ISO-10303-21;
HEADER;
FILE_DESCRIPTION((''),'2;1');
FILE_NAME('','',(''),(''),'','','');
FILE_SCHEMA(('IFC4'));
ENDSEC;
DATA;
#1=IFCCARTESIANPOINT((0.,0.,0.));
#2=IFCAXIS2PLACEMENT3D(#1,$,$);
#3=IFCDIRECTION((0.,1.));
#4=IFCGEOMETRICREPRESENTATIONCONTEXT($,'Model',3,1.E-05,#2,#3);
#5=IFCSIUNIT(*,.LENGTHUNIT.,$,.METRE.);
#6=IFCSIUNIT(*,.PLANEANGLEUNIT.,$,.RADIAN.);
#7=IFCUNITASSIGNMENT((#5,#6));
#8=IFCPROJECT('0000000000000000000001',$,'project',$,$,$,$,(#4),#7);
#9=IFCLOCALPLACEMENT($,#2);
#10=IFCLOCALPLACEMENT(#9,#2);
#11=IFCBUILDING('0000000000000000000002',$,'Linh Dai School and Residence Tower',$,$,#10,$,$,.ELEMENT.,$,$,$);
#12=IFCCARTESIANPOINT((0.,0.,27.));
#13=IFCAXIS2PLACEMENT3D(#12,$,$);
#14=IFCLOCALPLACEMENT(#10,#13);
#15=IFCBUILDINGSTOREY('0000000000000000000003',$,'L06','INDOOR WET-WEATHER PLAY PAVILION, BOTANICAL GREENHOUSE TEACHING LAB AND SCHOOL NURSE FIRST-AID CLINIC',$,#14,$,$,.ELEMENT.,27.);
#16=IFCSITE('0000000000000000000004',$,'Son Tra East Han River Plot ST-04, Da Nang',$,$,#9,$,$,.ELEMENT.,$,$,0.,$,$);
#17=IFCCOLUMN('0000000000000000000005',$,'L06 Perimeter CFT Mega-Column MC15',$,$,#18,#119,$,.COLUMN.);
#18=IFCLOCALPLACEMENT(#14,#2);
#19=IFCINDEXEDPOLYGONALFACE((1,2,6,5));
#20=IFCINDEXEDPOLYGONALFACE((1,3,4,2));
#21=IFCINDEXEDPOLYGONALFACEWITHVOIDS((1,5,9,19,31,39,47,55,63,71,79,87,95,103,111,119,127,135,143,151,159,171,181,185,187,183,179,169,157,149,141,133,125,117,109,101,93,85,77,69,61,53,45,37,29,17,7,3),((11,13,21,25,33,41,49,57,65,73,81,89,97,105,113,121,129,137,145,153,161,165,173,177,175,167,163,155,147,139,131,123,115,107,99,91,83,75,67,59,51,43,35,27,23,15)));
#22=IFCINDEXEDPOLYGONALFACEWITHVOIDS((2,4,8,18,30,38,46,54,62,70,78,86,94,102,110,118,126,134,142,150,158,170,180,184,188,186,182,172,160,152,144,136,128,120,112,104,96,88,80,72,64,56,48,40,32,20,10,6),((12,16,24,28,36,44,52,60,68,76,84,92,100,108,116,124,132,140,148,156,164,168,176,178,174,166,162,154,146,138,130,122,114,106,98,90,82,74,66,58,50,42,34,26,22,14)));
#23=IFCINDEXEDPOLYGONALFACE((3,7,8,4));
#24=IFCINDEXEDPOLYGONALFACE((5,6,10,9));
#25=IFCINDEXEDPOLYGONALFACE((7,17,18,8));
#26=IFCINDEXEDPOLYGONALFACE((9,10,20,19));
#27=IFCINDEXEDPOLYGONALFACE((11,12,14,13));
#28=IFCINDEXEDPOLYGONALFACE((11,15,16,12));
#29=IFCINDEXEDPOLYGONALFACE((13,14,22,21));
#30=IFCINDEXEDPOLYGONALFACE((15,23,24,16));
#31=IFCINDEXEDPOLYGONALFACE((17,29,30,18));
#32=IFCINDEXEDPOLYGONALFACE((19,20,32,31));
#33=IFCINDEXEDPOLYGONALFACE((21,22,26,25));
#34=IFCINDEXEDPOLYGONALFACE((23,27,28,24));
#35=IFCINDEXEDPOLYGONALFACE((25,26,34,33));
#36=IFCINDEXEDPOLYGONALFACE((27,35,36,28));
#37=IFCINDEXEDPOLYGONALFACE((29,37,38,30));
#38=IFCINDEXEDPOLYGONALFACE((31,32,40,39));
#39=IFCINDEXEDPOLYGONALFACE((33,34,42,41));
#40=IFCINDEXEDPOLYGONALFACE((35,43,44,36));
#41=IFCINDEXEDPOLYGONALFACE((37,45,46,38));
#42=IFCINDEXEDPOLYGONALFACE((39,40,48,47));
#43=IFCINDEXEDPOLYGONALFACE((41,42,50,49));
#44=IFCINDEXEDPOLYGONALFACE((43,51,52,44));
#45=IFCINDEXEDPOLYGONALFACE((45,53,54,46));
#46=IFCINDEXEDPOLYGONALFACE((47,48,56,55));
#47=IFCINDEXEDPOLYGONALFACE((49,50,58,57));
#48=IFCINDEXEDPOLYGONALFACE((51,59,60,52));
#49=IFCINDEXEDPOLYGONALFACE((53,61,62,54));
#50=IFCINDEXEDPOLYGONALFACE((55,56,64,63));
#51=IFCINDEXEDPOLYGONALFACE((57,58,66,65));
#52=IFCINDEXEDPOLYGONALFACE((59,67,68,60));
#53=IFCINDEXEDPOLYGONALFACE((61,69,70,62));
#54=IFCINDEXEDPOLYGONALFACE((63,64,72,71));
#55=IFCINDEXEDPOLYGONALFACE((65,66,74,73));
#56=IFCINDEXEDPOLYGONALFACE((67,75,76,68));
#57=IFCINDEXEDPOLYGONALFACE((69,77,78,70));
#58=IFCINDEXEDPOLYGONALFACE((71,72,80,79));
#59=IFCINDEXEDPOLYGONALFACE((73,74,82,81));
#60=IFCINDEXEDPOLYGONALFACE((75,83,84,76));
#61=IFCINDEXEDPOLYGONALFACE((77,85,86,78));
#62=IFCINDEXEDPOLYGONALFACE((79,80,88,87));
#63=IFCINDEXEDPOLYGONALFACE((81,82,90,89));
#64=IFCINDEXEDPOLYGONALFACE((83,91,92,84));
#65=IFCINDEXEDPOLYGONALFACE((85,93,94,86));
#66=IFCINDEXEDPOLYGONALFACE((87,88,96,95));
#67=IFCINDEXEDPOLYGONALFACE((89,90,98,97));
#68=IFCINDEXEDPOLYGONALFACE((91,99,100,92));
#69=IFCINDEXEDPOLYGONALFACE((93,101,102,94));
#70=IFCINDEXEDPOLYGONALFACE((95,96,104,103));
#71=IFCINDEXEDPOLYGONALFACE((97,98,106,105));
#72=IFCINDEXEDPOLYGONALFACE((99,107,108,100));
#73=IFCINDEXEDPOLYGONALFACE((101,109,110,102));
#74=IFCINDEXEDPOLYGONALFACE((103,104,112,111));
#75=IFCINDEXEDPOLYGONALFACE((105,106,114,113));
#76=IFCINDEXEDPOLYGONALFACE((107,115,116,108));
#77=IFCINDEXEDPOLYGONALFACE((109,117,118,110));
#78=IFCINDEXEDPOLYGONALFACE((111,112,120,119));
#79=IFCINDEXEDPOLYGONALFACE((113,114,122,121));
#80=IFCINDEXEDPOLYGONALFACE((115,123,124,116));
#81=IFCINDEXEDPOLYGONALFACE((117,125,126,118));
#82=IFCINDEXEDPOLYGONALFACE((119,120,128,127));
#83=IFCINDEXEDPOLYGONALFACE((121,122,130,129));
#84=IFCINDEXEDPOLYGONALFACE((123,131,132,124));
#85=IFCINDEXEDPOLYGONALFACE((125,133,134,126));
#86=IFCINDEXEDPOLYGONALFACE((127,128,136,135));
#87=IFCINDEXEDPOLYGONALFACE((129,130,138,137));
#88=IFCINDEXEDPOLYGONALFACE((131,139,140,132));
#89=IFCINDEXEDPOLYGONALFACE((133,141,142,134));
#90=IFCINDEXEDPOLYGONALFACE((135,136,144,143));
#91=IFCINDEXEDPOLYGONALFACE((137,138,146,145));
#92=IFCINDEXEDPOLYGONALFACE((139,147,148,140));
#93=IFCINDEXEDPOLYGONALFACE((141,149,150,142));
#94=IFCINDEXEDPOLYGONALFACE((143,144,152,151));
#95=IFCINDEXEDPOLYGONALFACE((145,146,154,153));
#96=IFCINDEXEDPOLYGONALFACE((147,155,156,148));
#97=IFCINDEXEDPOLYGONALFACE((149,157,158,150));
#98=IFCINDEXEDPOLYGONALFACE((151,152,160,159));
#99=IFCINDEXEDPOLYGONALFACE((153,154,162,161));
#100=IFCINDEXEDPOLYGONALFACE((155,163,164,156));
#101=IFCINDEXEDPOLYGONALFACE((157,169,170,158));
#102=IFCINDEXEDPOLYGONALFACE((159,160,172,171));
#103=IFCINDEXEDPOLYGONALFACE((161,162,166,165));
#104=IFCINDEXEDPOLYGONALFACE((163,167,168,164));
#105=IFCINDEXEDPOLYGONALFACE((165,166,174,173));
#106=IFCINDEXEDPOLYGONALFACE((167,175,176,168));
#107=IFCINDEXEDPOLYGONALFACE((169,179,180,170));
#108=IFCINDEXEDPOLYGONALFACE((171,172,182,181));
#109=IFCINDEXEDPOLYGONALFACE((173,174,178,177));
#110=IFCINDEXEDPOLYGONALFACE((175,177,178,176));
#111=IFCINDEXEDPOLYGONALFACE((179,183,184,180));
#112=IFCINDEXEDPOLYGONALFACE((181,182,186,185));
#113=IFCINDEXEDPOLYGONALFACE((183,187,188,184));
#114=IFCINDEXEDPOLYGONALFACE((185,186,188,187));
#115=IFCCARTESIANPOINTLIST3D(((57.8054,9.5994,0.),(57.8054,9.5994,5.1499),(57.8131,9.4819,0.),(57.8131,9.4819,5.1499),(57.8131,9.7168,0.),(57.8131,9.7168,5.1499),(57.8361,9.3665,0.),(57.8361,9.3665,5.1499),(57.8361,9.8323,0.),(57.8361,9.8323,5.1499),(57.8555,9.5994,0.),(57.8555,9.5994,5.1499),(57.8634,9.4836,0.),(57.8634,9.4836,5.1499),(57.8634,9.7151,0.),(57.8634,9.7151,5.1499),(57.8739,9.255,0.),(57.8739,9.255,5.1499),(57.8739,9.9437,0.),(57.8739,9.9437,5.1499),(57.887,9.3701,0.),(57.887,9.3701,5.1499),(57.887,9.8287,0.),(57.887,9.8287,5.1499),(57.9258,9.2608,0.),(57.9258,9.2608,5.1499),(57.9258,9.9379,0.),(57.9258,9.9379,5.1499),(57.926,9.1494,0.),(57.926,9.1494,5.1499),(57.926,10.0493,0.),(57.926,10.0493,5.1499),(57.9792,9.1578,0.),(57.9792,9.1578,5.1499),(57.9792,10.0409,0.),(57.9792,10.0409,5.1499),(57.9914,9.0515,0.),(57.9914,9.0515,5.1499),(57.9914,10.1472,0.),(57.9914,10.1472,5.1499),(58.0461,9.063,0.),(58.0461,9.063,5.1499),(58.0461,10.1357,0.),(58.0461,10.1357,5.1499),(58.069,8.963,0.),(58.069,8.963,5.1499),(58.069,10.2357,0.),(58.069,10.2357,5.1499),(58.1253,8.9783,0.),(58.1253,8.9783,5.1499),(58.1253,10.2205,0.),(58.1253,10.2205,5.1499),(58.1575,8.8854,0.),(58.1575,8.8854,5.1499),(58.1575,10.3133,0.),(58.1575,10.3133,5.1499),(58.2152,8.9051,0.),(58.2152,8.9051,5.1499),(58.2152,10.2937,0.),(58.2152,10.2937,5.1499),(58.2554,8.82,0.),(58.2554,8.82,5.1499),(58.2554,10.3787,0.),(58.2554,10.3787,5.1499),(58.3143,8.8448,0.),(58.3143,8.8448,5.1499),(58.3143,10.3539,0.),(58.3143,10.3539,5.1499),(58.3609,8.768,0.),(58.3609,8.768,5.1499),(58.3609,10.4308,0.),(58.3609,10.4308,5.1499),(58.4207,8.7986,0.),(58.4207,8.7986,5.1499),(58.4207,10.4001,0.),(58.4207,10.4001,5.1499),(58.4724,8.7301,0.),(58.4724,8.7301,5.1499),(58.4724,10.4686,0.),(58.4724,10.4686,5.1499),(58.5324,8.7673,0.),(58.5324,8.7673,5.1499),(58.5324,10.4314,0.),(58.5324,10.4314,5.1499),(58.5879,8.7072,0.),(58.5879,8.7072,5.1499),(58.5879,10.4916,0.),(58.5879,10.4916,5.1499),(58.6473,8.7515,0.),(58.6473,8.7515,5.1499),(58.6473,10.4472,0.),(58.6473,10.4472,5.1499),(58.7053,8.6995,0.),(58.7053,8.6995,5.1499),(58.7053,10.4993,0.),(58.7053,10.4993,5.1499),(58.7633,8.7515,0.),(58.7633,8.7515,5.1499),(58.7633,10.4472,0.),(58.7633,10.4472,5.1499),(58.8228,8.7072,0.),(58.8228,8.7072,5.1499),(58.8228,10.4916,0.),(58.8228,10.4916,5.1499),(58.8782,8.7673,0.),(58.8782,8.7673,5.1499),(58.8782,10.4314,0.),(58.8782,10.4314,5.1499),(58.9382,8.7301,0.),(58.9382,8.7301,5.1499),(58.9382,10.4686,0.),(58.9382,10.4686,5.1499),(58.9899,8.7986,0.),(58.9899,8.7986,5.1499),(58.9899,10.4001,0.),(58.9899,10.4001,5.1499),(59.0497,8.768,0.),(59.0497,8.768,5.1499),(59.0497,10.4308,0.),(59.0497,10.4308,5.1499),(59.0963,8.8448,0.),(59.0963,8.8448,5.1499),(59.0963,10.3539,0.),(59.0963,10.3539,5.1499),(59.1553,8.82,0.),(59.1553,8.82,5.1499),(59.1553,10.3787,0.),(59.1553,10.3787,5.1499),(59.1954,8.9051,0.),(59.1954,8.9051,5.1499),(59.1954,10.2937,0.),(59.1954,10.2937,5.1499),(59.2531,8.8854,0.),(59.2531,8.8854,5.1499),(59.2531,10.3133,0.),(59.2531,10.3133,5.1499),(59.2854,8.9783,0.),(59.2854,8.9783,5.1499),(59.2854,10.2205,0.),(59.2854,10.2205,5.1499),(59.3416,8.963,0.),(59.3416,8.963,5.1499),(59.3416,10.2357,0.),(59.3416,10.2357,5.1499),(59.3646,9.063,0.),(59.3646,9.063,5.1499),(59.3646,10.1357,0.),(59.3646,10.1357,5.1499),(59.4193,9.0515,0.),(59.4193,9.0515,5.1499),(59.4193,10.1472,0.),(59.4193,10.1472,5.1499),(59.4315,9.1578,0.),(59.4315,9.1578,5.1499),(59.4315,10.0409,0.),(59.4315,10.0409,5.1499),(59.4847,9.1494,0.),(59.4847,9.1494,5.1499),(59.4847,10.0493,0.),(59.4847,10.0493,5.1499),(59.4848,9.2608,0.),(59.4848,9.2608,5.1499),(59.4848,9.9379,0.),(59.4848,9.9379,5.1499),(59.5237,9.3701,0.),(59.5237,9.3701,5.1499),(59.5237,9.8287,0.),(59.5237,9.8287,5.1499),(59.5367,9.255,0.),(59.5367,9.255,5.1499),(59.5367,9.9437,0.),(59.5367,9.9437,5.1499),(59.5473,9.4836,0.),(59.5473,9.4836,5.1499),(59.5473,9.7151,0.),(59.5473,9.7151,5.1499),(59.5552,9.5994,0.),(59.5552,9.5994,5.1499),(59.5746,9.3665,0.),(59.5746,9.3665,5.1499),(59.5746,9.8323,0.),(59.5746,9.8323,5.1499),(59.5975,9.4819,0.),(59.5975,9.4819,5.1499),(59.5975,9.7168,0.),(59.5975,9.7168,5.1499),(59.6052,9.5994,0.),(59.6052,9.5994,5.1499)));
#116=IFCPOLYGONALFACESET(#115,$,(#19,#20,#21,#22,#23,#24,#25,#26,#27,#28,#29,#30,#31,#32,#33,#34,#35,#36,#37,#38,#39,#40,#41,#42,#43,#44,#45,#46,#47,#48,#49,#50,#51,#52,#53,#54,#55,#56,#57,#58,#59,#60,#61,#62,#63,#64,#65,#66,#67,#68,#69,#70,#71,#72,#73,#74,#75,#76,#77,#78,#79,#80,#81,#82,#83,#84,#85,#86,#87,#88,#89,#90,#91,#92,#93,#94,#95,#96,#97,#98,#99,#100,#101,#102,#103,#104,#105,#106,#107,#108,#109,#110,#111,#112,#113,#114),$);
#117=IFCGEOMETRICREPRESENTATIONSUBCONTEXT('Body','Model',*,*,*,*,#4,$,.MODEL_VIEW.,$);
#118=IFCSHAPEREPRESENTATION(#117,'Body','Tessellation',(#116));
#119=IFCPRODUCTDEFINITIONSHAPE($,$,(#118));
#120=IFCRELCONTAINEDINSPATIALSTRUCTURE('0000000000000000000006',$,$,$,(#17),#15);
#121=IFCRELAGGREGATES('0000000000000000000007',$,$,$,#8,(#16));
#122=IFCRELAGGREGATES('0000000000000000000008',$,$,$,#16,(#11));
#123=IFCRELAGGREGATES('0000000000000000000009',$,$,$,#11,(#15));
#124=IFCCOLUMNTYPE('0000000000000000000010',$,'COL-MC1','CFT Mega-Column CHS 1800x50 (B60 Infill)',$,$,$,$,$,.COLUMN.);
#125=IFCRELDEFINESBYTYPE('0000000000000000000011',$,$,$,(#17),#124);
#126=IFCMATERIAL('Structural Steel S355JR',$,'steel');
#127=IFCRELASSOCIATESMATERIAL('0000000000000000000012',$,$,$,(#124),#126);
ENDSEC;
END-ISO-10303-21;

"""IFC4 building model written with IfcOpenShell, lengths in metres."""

from ifc_helpers import new_model, si_unit, direction, frame, origin, origin_2d, place, context, subcontext, project, spatial, hollow_circle, extrude, material, material_profile, profile_set, type_object, element, save


model = new_model("IFC4")

# Units and contexts
model_context = context("Model", 3, precision=1e-05, world=origin(), true_north=direction((0.0, 1.0)))
body_context = subcontext(model_context, "Body", "Model", "MODEL_VIEW")
ifc_project = project(units=[si_unit("LENGTHUNIT", "METRE"), si_unit("PLANEANGLEUNIT", "RADIAN")], contexts=[model_context])

# Site, building, storey
site_placement = place(None, origin())
site = spatial("IfcSite", under=ifc_project, at=site_placement, Name="Son Tra East Han River Plot ST-04, Da Nang", CompositionType="ELEMENT", RefElevation=0.0)
building_placement = place(site_placement, origin())
building = spatial("IfcBuilding", under=site, at=building_placement, Name="Linh Dai School and Residence Tower", CompositionType="ELEMENT")
storey_placement = place(building_placement, frame((0.0, 0.0, 27.0)))
storey = spatial("IfcBuildingStorey", under=building, at=storey_placement, Name="L06", Description="INDOOR WET-WEATHER PLAY PAVILION, BOTANICAL GREENHOUSE TEACHING LAB AND SCHOOL NURSE FIRST-AID CLINIC", CompositionType="ELEMENT", Elevation=27.0)

# Column
ifc_material_1 = material(Name="Structural Steel S355JR", Category="steel")
ifc_material_profile_1 = material_profile(ifc_material_1, hollow_circle(Radius=0.8999, WallThickness=0.05, at=origin_2d()), Name="CHS 1800x50")
ifc_profile_set_1 = profile_set([ifc_material_profile_1], Name="Structural Steel S355JR")
column_type_1 = type_object("IfcColumnType", Name="COL-MC1", Description="CFT Mega-Column CHS 1800x50 (B60 Infill)", PredefinedType="COLUMN", material=ifc_profile_set_1)
for number, where, z_axis, x_axis, name in (
    (1, (58.7053, 9.5994, 0.0), (0.0, 0.0, 1.0), (1.0, 0.0, 0.0), "L06 Perimeter CFT Mega-Column MC15"),
):
    element("IfcColumn", number, at=place(storey_placement, frame(where, z_axis=z_axis, x_axis=x_axis)), inside=storey, type_object=column_type_1, Name=name, PredefinedType="COLUMN", context=body_context, shape_type="SweptSolid", body=[
        extrude(hollow_circle(Radius=0.8999, WallThickness=0.05, at=origin_2d()), origin(), (0.0, 0.0, 1.0), 5.1499),
    ])

save(model, "model.ifc")
